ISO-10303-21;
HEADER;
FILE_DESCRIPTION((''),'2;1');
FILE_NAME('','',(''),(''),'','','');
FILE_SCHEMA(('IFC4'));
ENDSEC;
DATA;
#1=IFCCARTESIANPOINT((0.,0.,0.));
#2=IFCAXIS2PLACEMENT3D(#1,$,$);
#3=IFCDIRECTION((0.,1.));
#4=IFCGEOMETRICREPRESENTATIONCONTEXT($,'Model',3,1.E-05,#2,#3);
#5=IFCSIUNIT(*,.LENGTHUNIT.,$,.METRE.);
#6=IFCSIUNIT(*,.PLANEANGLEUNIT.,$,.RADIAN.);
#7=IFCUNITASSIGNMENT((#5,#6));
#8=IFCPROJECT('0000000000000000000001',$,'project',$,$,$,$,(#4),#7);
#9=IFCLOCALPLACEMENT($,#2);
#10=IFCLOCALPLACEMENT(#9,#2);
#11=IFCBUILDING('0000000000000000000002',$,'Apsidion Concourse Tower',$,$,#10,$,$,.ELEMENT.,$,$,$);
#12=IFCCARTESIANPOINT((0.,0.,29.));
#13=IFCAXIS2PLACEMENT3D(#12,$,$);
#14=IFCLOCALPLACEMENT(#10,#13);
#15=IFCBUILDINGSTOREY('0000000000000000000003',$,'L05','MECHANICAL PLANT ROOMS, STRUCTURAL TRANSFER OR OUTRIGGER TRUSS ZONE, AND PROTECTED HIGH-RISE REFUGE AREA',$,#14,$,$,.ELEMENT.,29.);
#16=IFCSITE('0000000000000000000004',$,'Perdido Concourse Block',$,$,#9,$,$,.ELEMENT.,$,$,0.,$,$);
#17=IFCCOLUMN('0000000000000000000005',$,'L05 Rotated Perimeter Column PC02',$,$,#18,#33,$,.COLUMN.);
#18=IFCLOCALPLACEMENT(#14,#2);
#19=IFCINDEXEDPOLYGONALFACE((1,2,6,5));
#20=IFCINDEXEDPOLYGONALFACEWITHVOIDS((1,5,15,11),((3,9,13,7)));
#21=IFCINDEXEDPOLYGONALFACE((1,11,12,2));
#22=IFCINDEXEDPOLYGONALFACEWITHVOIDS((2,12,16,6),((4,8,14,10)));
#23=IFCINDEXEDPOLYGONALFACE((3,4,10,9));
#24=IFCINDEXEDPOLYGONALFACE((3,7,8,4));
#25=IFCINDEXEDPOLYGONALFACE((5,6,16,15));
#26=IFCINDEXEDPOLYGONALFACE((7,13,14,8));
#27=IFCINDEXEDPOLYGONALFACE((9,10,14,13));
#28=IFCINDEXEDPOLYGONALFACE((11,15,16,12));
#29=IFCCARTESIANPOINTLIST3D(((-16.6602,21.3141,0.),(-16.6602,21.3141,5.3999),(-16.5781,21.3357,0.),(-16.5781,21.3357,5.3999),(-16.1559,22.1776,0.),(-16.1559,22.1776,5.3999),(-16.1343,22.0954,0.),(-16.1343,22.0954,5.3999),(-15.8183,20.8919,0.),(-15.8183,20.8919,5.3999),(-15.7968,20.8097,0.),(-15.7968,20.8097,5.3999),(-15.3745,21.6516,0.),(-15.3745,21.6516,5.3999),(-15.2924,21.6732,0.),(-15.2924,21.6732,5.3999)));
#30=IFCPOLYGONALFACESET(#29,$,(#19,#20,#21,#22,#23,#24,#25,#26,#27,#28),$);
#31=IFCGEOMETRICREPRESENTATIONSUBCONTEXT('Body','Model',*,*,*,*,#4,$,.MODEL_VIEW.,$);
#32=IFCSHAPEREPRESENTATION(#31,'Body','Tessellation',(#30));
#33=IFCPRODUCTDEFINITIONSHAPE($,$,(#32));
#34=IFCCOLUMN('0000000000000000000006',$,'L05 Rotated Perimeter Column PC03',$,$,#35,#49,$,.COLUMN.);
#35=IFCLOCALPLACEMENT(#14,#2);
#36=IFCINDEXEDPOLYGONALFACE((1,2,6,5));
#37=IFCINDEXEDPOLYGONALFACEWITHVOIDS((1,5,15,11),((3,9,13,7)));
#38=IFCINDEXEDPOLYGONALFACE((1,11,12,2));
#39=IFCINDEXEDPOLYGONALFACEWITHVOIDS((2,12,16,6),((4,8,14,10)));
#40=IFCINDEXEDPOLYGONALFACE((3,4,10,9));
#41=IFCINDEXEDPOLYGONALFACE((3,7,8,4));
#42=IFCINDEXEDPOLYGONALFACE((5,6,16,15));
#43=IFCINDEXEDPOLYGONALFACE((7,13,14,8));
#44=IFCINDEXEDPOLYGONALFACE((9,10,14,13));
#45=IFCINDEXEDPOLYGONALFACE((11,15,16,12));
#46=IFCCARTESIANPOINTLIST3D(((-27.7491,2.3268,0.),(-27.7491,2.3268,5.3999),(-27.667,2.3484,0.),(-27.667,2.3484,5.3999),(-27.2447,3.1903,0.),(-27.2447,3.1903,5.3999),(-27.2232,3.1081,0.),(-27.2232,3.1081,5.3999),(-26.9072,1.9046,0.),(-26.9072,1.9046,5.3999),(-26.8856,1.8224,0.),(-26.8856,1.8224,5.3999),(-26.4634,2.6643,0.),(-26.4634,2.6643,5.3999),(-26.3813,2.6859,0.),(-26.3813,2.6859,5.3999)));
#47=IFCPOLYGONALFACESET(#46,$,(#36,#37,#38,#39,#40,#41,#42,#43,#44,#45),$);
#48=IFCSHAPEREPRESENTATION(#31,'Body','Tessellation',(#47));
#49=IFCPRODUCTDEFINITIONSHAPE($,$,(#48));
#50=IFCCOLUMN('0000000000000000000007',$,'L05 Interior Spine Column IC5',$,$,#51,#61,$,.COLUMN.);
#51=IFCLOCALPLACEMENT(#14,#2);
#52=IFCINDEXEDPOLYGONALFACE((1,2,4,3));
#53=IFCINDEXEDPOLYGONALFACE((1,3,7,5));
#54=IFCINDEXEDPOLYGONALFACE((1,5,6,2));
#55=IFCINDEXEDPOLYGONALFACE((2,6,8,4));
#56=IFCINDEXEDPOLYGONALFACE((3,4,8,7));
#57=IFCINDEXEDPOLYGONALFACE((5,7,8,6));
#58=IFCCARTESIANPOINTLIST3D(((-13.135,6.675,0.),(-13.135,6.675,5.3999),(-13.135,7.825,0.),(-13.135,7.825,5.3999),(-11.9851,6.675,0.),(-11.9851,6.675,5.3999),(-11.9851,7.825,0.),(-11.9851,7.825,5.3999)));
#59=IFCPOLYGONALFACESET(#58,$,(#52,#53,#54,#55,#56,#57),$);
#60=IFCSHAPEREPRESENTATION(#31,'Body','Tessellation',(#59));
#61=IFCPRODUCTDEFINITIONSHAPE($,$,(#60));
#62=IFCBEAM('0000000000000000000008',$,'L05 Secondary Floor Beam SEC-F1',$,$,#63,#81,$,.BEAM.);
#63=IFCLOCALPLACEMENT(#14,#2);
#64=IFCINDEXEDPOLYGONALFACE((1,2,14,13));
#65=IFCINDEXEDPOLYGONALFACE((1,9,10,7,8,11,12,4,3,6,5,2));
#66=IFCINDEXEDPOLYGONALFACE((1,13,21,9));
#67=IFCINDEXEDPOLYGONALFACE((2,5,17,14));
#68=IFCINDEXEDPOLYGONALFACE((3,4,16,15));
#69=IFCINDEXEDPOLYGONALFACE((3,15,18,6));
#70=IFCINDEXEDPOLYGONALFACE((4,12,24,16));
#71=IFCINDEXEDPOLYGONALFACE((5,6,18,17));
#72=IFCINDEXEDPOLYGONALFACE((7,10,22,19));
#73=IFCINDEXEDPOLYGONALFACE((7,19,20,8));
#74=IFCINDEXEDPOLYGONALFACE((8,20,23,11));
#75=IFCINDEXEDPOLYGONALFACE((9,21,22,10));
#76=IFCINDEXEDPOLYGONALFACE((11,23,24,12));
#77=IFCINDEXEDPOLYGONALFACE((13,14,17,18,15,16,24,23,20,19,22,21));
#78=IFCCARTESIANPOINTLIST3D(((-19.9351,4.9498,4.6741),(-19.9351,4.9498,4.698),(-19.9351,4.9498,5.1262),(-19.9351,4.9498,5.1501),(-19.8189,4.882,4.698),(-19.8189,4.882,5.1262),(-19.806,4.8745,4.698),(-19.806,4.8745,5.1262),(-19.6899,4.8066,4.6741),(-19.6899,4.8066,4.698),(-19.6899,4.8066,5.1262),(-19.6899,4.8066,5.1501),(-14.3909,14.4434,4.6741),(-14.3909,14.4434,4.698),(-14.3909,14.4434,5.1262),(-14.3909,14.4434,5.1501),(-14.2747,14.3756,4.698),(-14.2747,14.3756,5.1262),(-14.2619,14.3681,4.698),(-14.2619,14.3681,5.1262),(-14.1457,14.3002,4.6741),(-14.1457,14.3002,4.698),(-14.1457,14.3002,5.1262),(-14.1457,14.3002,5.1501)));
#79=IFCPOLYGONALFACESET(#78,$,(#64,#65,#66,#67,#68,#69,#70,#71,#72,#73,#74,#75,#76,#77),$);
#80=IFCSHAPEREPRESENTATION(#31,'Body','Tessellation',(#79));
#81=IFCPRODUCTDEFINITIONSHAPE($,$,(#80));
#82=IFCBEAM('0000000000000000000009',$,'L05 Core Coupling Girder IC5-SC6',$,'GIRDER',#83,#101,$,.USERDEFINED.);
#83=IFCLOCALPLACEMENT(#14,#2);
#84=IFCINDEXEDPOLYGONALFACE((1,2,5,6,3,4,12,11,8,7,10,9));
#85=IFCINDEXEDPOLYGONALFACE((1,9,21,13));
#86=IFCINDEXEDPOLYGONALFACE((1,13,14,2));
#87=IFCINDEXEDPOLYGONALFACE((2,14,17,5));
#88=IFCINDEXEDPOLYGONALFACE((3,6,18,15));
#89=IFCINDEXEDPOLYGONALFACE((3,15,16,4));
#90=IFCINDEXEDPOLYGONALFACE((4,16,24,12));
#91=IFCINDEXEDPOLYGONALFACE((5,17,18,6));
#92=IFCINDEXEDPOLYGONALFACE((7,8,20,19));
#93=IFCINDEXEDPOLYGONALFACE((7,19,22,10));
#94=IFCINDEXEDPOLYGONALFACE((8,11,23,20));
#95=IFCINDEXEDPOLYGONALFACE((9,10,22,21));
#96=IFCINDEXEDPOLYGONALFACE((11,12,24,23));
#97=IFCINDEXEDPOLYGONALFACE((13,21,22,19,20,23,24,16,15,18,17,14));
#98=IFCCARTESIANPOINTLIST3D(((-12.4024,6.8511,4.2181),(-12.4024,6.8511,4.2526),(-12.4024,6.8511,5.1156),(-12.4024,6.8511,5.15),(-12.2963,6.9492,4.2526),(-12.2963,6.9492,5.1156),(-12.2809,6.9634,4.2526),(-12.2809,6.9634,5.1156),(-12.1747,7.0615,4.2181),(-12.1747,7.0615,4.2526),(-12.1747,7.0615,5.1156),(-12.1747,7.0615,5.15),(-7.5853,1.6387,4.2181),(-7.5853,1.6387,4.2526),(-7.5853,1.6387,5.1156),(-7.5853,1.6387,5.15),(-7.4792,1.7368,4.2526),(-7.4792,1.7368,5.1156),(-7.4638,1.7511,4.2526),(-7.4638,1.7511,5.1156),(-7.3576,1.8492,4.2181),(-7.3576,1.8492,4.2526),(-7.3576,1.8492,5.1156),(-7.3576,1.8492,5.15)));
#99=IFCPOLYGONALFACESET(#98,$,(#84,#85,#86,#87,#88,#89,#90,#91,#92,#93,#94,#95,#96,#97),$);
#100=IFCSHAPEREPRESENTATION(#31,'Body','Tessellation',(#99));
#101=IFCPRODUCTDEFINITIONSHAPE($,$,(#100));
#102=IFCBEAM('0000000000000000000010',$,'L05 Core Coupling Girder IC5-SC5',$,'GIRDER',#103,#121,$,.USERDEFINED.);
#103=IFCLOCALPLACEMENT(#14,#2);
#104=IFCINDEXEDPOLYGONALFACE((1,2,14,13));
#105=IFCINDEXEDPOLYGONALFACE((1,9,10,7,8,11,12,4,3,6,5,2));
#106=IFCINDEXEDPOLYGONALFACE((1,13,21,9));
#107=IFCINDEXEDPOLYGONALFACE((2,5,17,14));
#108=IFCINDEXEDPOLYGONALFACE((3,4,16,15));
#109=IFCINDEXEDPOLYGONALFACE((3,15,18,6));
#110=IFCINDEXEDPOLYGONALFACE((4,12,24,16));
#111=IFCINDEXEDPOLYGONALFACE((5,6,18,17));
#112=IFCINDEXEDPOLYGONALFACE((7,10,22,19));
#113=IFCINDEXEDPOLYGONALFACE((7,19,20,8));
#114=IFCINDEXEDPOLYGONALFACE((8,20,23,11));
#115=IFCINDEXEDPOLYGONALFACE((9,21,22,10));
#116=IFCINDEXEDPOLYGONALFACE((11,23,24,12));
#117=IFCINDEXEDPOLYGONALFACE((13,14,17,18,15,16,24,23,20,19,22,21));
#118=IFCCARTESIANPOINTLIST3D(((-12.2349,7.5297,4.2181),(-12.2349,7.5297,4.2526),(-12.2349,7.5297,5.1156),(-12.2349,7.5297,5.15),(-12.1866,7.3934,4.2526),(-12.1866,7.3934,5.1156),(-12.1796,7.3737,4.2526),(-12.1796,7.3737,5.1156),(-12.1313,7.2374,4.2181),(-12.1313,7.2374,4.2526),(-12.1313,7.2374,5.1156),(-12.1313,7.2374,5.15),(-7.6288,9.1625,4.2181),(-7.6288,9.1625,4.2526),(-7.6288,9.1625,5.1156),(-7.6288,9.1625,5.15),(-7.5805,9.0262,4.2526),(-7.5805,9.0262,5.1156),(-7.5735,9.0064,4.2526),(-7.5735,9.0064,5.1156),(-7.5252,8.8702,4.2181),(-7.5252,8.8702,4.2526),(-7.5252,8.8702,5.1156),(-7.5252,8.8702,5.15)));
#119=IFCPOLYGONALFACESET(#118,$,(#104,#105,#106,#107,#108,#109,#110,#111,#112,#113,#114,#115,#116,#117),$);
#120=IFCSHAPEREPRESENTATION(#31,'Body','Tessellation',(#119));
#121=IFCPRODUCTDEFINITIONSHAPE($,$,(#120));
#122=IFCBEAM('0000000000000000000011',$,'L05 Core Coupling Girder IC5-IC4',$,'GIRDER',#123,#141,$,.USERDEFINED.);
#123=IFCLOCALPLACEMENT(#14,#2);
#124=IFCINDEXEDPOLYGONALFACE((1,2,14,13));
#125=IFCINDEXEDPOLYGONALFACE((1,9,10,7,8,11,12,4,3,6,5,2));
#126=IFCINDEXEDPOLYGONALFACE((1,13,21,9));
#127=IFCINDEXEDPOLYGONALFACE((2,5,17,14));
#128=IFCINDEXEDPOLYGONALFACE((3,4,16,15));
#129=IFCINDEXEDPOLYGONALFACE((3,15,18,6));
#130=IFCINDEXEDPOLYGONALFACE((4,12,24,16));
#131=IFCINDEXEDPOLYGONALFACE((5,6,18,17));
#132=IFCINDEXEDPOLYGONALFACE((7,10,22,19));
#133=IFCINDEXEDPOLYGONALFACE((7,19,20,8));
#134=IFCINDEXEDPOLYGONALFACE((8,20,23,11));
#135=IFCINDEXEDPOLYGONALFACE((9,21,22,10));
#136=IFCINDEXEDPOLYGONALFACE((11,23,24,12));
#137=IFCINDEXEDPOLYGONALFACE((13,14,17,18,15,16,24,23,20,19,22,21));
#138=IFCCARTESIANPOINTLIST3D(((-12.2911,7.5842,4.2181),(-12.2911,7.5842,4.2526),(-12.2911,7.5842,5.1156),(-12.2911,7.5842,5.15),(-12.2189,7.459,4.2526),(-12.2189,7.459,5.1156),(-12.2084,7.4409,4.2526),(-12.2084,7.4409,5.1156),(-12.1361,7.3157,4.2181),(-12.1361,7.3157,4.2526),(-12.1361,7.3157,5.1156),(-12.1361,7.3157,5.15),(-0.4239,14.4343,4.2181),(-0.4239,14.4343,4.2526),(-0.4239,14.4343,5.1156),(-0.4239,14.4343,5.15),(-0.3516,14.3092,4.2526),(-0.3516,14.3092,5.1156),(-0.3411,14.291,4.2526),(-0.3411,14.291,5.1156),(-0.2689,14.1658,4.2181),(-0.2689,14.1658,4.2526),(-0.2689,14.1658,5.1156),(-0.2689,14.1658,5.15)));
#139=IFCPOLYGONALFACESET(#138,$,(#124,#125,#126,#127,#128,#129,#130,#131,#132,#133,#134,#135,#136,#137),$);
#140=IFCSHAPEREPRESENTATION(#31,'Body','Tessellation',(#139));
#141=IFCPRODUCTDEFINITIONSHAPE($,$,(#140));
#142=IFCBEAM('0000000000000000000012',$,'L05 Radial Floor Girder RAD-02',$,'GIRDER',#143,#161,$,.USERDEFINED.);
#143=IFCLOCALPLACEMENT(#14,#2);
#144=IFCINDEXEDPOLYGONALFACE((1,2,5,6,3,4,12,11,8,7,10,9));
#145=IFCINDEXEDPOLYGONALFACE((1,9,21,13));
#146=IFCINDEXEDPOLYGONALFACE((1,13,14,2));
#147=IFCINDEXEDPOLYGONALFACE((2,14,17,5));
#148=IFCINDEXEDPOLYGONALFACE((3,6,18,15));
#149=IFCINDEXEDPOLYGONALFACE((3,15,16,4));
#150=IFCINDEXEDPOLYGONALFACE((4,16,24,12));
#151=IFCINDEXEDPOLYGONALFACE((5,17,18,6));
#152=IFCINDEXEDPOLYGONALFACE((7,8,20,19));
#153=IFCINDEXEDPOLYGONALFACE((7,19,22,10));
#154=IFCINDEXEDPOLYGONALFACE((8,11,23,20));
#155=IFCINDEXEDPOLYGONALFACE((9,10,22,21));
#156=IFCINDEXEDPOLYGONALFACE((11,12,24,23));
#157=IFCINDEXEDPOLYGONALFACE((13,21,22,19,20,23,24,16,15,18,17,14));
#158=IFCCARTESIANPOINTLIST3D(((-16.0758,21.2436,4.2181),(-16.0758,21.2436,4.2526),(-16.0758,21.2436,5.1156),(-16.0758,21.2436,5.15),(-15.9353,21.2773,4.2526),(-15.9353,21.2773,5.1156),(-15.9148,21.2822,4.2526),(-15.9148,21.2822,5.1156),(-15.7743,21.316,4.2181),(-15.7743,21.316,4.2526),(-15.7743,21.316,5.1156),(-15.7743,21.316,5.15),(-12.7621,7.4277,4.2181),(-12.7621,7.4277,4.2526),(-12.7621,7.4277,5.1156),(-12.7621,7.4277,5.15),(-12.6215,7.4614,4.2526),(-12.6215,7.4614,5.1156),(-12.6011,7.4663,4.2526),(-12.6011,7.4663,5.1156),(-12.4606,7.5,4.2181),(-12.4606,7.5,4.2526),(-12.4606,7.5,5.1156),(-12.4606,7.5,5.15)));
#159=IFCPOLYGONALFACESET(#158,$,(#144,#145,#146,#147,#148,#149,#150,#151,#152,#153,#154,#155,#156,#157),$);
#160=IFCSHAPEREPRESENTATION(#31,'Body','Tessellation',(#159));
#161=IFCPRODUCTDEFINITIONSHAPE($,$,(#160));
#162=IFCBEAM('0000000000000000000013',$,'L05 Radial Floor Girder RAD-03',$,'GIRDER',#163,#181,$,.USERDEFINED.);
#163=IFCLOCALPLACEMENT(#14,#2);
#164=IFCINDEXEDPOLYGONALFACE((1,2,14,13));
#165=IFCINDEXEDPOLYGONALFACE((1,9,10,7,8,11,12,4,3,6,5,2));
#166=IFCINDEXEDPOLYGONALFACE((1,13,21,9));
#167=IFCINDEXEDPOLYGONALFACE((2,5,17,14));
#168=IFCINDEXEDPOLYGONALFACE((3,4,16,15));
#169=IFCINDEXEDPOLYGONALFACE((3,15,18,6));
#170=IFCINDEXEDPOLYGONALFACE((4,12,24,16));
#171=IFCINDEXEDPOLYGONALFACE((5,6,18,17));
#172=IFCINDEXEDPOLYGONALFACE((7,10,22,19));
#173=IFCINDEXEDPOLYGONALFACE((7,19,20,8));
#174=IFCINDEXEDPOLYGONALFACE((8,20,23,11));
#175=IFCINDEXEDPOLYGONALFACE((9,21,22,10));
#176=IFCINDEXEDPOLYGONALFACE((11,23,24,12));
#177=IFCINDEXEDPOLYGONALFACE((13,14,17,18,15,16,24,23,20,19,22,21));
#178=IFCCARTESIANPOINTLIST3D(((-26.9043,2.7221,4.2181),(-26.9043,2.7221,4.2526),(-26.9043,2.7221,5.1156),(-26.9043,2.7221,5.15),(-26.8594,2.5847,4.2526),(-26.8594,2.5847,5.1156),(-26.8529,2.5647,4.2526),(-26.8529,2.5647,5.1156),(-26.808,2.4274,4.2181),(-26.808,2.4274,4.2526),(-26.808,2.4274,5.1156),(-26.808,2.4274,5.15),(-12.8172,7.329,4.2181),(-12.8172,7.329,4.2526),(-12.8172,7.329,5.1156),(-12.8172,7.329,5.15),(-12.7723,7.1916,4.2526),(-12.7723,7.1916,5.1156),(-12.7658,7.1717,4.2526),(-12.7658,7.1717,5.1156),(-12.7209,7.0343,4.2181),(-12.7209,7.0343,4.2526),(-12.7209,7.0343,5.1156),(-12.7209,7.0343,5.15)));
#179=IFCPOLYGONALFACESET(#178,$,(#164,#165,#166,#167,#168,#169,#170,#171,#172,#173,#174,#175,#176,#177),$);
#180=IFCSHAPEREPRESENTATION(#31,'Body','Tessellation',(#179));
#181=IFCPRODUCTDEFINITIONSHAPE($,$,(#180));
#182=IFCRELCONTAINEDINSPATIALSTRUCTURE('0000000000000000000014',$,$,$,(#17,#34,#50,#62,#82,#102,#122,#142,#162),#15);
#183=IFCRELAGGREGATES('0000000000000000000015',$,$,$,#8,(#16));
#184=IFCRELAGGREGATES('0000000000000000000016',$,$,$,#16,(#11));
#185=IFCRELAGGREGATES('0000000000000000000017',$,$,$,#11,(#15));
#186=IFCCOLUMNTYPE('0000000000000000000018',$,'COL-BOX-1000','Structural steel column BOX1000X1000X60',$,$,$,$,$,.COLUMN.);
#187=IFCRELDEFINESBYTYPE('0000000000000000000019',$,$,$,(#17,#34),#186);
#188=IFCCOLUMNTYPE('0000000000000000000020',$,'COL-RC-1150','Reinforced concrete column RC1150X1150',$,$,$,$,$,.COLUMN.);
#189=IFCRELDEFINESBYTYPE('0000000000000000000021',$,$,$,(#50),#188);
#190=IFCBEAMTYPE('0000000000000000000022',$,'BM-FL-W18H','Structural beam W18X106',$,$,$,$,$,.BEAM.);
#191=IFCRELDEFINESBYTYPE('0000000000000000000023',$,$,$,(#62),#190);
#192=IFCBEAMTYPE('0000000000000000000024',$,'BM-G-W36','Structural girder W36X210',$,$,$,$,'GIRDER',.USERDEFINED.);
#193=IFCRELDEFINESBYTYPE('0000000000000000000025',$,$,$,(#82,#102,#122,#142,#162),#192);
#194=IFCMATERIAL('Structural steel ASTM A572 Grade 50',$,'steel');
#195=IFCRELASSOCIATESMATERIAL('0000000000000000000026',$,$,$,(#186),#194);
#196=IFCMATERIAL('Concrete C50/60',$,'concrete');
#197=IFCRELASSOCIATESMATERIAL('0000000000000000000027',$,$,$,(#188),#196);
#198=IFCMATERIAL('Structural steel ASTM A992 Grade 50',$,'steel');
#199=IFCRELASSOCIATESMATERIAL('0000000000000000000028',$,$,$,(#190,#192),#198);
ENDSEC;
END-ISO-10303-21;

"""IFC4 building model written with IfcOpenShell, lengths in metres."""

from ifc_helpers import new_model, si_unit, direction, frame, origin, origin_2d, place, context, subcontext, project, spatial, rectangle, hollow_rectangle, i_section, extrude, material, material_profile, profile_set, type_object, element, save


model = new_model("IFC4")

# Units and contexts
model_context = context("Model", 3, precision=1e-05, world=origin(), true_north=direction((0.0, 1.0)))
body_context = subcontext(model_context, "Body", "Model", "MODEL_VIEW")
ifc_project = project(units=[si_unit("LENGTHUNIT", "METRE"), si_unit("PLANEANGLEUNIT", "RADIAN")], contexts=[model_context])

# Site, building, storey
site_placement = place(None, origin())
site = spatial("IfcSite", under=ifc_project, at=site_placement, Name="Perdido Concourse Block", CompositionType="ELEMENT", RefElevation=0.0)
building_placement = place(site_placement, origin())
building = spatial("IfcBuilding", under=site, at=building_placement, Name="Apsidion Concourse Tower", CompositionType="ELEMENT")
storey_placement = place(building_placement, frame((0.0, 0.0, 29.0)))
storey = spatial("IfcBuildingStorey", under=building, at=storey_placement, Name="L05", Description="MECHANICAL PLANT ROOMS, STRUCTURAL TRANSFER OR OUTRIGGER TRUSS ZONE, AND PROTECTED HIGH-RISE REFUGE AREA", CompositionType="ELEMENT", Elevation=29.0)

# Columns
ifc_material_1 = material(Name="Structural steel ASTM A572 Grade 50", Category="steel")
ifc_material_profile_1 = material_profile(ifc_material_1, hollow_rectangle(XDim=1.0, YDim=1.0, WallThickness=0.0601, at=origin_2d()), Name="BOX1000X1000X60")
ifc_profile_set_1 = profile_set([ifc_material_profile_1], Name="Structural steel ASTM A572 Grade 50")
column_type_1 = type_object("IfcColumnType", Name="COL-BOX-1000", Description="Structural steel column BOX1000X1000X60", PredefinedType="COLUMN", material=ifc_profile_set_1)
for number, where, z_axis, x_axis, name in (
    (1, (-15.9763, 21.4937, 0.0), (0.0, 0.0, 1.0), (0.504377, 0.863484, 0.0), "L05 Rotated Perimeter Column PC02"),
    (2, (-27.0652, 2.5063, 0.0), (0.0, 0.0, 1.0), (0.504377, 0.863484, 0.0), "L05 Rotated Perimeter Column PC03"),
):
    element("IfcColumn", number, at=place(storey_placement, frame(where, z_axis=z_axis, x_axis=x_axis)), inside=storey, type_object=column_type_1, Name=name, PredefinedType="COLUMN", context=body_context, shape_type="SweptSolid", body=[
        extrude(hollow_rectangle(XDim=1.0, YDim=1.0, WallThickness=0.0601, at=origin_2d()), origin(), (0.0, 0.0, 1.0), 5.3999),
    ])
ifc_material_2 = material(Name="Concrete C50/60", Category="concrete")
ifc_material_profile_2 = material_profile(ifc_material_2, rectangle(XDim=1.1499, YDim=1.1499, at=origin_2d()), Name="RC 1150x1150")
ifc_profile_set_2 = profile_set([ifc_material_profile_2], Name="Concrete C50/60")
column_type_2 = type_object("IfcColumnType", Name="COL-RC-1150", Description="Reinforced concrete column RC1150X1150", PredefinedType="COLUMN", material=ifc_profile_set_2)
column_placement = place(storey_placement, frame((-12.5601, 7.25, 0.0), z_axis=(0.0, 0.0, 1.0), x_axis=(1.0, 0.0, 0.0)))
element("IfcColumn", 3, at=column_placement, inside=storey, type_object=column_type_2, Name="L05 Interior Spine Column IC5", PredefinedType="COLUMN", context=body_context, shape_type="SweptSolid", body=[
    extrude(rectangle(XDim=1.1499, YDim=1.1499, at=origin_2d()), origin(), (0.0, 0.0, 1.0), 5.3999),
])

# Beams
ifc_material_3 = material(Name="Structural steel ASTM A992 Grade 50", Category="steel")
ifc_material_profile_3 = material_profile(ifc_material_3, i_section(OverallWidth=0.2839, OverallDepth=0.4761, WebThickness=0.0149, FlangeThickness=0.0239, at=origin_2d()), Name="W18X106")
ifc_profile_set_3 = profile_set([ifc_material_profile_3], Name="Structural steel ASTM A992 Grade 50")
beam_type_1 = type_object("IfcBeamType", Name="BM-FL-W18H", Description="Structural beam W18X106", PredefinedType="BEAM", material=ifc_profile_set_3)
beam_1_placement = place(storey_placement, frame((-14.2683, 14.3718, 4.9121), z_axis=(-0.504293, -0.863532, 0.0), x_axis=(0.863532, -0.504293, 0.0)))
element("IfcBeam", 4, at=beam_1_placement, inside=storey, type_object=beam_type_1, Name="L05 Secondary Floor Beam SEC-F1", PredefinedType="BEAM", context=body_context, shape_type="SweptSolid", body=[
    extrude(i_section(OverallWidth=0.2839, OverallDepth=0.4761, WebThickness=0.0149, FlangeThickness=0.0239, at=origin_2d()), origin(), (0.0, 0.0, 1.0), 10.9939),
])
ifc_material_profile_4 = material_profile(ifc_material_3, i_section(OverallWidth=0.3101, OverallDepth=0.9319, WebThickness=0.021, FlangeThickness=0.0344, at=origin_2d()), Name="W36X210")
ifc_profile_set_4 = profile_set([ifc_material_profile_4], Name="Structural steel ASTM A992 Grade 50")
beam_type_2 = type_object("IfcBeamType", Name="BM-G-W36", Description="Structural girder W36X210", ElementType="GIRDER", PredefinedType="USERDEFINED", material=ifc_profile_set_4)
beam_2_placement = place(storey_placement, frame((-12.2886, 6.9563, 4.6841), z_axis=(0.678713, -0.734404, 0.0), x_axis=(0.734404, 0.678713, 0.0)))
element("IfcBeam", 5, at=beam_2_placement, inside=storey, type_object=beam_type_2, Name="L05 Core Coupling Girder IC5-SC6", ObjectType="GIRDER", PredefinedType="USERDEFINED", context=body_context, shape_type="SweptSolid", body=[
    extrude(i_section(OverallWidth=0.3101, OverallDepth=0.9319, WebThickness=0.021, FlangeThickness=0.0344, at=origin_2d()), origin(), (0.0, 0.0, 1.0), 7.0974),
])
beam_3_placement = place(storey_placement, frame((-12.1831, 7.3835, 4.6841), z_axis=(0.942534, 0.334111, 0.0), x_axis=(-0.334111, 0.942534, 0.0)))
element("IfcBeam", 6, at=beam_3_placement, inside=storey, type_object=beam_type_2, Name="L05 Core Coupling Girder IC5-SC5", ObjectType="GIRDER", PredefinedType="USERDEFINED", context=body_context, shape_type="SweptSolid", body=[
    extrude(i_section(OverallWidth=0.3101, OverallDepth=0.9319, WebThickness=0.021, FlangeThickness=0.0344, at=origin_2d()), origin(), (0.0, 0.0, 1.0), 4.887),
])
beam_4_placement = place(storey_placement, frame((-12.2136, 7.45, 4.6841), z_axis=(0.86607, 0.499922, 0.0), x_axis=(-0.499922, 0.86607, 0.0)))
element("IfcBeam", 7, at=beam_4_placement, inside=storey, type_object=beam_type_2, Name="L05 Core Coupling Girder IC5-IC4", ObjectType="GIRDER", PredefinedType="USERDEFINED", context=body_context, shape_type="SweptSolid", body=[
    extrude(i_section(OverallWidth=0.3101, OverallDepth=0.9319, WebThickness=0.021, FlangeThickness=0.0344, at=origin_2d()), origin(), (0.0, 0.0, 1.0), 13.7024),
])
beam_5_placement = place(storey_placement, frame((-12.6113, 7.4639, 4.6841), z_axis=(-0.233233, 0.972421, 0.0), x_axis=(-0.972421, -0.233233, 0.0)))
element("IfcBeam", 8, at=beam_5_placement, inside=storey, type_object=beam_type_2, Name="L05 Radial Floor Girder RAD-02", ObjectType="GIRDER", PredefinedType="USERDEFINED", context=body_context, shape_type="SweptSolid", body=[
    extrude(i_section(OverallWidth=0.3101, OverallDepth=0.9319, WebThickness=0.021, FlangeThickness=0.0344, at=origin_2d()), origin(), (0.0, 0.0, 1.0), 14.2078),
])
beam_6_placement = place(storey_placement, frame((-12.769, 7.1816, 4.6841), z_axis=(-0.950465, -0.310831, 0.0), x_axis=(0.310831, -0.950465, 0.0)))
element("IfcBeam", 9, at=beam_6_placement, inside=storey, type_object=beam_type_2, Name="L05 Radial Floor Girder RAD-03", ObjectType="GIRDER", PredefinedType="USERDEFINED", context=body_context, shape_type="SweptSolid", body=[
    extrude(i_section(OverallWidth=0.3101, OverallDepth=0.9319, WebThickness=0.021, FlangeThickness=0.0344, at=origin_2d()), origin(), (0.0, 0.0, 1.0), 14.8213),
])

save(model, "model.ifc")
